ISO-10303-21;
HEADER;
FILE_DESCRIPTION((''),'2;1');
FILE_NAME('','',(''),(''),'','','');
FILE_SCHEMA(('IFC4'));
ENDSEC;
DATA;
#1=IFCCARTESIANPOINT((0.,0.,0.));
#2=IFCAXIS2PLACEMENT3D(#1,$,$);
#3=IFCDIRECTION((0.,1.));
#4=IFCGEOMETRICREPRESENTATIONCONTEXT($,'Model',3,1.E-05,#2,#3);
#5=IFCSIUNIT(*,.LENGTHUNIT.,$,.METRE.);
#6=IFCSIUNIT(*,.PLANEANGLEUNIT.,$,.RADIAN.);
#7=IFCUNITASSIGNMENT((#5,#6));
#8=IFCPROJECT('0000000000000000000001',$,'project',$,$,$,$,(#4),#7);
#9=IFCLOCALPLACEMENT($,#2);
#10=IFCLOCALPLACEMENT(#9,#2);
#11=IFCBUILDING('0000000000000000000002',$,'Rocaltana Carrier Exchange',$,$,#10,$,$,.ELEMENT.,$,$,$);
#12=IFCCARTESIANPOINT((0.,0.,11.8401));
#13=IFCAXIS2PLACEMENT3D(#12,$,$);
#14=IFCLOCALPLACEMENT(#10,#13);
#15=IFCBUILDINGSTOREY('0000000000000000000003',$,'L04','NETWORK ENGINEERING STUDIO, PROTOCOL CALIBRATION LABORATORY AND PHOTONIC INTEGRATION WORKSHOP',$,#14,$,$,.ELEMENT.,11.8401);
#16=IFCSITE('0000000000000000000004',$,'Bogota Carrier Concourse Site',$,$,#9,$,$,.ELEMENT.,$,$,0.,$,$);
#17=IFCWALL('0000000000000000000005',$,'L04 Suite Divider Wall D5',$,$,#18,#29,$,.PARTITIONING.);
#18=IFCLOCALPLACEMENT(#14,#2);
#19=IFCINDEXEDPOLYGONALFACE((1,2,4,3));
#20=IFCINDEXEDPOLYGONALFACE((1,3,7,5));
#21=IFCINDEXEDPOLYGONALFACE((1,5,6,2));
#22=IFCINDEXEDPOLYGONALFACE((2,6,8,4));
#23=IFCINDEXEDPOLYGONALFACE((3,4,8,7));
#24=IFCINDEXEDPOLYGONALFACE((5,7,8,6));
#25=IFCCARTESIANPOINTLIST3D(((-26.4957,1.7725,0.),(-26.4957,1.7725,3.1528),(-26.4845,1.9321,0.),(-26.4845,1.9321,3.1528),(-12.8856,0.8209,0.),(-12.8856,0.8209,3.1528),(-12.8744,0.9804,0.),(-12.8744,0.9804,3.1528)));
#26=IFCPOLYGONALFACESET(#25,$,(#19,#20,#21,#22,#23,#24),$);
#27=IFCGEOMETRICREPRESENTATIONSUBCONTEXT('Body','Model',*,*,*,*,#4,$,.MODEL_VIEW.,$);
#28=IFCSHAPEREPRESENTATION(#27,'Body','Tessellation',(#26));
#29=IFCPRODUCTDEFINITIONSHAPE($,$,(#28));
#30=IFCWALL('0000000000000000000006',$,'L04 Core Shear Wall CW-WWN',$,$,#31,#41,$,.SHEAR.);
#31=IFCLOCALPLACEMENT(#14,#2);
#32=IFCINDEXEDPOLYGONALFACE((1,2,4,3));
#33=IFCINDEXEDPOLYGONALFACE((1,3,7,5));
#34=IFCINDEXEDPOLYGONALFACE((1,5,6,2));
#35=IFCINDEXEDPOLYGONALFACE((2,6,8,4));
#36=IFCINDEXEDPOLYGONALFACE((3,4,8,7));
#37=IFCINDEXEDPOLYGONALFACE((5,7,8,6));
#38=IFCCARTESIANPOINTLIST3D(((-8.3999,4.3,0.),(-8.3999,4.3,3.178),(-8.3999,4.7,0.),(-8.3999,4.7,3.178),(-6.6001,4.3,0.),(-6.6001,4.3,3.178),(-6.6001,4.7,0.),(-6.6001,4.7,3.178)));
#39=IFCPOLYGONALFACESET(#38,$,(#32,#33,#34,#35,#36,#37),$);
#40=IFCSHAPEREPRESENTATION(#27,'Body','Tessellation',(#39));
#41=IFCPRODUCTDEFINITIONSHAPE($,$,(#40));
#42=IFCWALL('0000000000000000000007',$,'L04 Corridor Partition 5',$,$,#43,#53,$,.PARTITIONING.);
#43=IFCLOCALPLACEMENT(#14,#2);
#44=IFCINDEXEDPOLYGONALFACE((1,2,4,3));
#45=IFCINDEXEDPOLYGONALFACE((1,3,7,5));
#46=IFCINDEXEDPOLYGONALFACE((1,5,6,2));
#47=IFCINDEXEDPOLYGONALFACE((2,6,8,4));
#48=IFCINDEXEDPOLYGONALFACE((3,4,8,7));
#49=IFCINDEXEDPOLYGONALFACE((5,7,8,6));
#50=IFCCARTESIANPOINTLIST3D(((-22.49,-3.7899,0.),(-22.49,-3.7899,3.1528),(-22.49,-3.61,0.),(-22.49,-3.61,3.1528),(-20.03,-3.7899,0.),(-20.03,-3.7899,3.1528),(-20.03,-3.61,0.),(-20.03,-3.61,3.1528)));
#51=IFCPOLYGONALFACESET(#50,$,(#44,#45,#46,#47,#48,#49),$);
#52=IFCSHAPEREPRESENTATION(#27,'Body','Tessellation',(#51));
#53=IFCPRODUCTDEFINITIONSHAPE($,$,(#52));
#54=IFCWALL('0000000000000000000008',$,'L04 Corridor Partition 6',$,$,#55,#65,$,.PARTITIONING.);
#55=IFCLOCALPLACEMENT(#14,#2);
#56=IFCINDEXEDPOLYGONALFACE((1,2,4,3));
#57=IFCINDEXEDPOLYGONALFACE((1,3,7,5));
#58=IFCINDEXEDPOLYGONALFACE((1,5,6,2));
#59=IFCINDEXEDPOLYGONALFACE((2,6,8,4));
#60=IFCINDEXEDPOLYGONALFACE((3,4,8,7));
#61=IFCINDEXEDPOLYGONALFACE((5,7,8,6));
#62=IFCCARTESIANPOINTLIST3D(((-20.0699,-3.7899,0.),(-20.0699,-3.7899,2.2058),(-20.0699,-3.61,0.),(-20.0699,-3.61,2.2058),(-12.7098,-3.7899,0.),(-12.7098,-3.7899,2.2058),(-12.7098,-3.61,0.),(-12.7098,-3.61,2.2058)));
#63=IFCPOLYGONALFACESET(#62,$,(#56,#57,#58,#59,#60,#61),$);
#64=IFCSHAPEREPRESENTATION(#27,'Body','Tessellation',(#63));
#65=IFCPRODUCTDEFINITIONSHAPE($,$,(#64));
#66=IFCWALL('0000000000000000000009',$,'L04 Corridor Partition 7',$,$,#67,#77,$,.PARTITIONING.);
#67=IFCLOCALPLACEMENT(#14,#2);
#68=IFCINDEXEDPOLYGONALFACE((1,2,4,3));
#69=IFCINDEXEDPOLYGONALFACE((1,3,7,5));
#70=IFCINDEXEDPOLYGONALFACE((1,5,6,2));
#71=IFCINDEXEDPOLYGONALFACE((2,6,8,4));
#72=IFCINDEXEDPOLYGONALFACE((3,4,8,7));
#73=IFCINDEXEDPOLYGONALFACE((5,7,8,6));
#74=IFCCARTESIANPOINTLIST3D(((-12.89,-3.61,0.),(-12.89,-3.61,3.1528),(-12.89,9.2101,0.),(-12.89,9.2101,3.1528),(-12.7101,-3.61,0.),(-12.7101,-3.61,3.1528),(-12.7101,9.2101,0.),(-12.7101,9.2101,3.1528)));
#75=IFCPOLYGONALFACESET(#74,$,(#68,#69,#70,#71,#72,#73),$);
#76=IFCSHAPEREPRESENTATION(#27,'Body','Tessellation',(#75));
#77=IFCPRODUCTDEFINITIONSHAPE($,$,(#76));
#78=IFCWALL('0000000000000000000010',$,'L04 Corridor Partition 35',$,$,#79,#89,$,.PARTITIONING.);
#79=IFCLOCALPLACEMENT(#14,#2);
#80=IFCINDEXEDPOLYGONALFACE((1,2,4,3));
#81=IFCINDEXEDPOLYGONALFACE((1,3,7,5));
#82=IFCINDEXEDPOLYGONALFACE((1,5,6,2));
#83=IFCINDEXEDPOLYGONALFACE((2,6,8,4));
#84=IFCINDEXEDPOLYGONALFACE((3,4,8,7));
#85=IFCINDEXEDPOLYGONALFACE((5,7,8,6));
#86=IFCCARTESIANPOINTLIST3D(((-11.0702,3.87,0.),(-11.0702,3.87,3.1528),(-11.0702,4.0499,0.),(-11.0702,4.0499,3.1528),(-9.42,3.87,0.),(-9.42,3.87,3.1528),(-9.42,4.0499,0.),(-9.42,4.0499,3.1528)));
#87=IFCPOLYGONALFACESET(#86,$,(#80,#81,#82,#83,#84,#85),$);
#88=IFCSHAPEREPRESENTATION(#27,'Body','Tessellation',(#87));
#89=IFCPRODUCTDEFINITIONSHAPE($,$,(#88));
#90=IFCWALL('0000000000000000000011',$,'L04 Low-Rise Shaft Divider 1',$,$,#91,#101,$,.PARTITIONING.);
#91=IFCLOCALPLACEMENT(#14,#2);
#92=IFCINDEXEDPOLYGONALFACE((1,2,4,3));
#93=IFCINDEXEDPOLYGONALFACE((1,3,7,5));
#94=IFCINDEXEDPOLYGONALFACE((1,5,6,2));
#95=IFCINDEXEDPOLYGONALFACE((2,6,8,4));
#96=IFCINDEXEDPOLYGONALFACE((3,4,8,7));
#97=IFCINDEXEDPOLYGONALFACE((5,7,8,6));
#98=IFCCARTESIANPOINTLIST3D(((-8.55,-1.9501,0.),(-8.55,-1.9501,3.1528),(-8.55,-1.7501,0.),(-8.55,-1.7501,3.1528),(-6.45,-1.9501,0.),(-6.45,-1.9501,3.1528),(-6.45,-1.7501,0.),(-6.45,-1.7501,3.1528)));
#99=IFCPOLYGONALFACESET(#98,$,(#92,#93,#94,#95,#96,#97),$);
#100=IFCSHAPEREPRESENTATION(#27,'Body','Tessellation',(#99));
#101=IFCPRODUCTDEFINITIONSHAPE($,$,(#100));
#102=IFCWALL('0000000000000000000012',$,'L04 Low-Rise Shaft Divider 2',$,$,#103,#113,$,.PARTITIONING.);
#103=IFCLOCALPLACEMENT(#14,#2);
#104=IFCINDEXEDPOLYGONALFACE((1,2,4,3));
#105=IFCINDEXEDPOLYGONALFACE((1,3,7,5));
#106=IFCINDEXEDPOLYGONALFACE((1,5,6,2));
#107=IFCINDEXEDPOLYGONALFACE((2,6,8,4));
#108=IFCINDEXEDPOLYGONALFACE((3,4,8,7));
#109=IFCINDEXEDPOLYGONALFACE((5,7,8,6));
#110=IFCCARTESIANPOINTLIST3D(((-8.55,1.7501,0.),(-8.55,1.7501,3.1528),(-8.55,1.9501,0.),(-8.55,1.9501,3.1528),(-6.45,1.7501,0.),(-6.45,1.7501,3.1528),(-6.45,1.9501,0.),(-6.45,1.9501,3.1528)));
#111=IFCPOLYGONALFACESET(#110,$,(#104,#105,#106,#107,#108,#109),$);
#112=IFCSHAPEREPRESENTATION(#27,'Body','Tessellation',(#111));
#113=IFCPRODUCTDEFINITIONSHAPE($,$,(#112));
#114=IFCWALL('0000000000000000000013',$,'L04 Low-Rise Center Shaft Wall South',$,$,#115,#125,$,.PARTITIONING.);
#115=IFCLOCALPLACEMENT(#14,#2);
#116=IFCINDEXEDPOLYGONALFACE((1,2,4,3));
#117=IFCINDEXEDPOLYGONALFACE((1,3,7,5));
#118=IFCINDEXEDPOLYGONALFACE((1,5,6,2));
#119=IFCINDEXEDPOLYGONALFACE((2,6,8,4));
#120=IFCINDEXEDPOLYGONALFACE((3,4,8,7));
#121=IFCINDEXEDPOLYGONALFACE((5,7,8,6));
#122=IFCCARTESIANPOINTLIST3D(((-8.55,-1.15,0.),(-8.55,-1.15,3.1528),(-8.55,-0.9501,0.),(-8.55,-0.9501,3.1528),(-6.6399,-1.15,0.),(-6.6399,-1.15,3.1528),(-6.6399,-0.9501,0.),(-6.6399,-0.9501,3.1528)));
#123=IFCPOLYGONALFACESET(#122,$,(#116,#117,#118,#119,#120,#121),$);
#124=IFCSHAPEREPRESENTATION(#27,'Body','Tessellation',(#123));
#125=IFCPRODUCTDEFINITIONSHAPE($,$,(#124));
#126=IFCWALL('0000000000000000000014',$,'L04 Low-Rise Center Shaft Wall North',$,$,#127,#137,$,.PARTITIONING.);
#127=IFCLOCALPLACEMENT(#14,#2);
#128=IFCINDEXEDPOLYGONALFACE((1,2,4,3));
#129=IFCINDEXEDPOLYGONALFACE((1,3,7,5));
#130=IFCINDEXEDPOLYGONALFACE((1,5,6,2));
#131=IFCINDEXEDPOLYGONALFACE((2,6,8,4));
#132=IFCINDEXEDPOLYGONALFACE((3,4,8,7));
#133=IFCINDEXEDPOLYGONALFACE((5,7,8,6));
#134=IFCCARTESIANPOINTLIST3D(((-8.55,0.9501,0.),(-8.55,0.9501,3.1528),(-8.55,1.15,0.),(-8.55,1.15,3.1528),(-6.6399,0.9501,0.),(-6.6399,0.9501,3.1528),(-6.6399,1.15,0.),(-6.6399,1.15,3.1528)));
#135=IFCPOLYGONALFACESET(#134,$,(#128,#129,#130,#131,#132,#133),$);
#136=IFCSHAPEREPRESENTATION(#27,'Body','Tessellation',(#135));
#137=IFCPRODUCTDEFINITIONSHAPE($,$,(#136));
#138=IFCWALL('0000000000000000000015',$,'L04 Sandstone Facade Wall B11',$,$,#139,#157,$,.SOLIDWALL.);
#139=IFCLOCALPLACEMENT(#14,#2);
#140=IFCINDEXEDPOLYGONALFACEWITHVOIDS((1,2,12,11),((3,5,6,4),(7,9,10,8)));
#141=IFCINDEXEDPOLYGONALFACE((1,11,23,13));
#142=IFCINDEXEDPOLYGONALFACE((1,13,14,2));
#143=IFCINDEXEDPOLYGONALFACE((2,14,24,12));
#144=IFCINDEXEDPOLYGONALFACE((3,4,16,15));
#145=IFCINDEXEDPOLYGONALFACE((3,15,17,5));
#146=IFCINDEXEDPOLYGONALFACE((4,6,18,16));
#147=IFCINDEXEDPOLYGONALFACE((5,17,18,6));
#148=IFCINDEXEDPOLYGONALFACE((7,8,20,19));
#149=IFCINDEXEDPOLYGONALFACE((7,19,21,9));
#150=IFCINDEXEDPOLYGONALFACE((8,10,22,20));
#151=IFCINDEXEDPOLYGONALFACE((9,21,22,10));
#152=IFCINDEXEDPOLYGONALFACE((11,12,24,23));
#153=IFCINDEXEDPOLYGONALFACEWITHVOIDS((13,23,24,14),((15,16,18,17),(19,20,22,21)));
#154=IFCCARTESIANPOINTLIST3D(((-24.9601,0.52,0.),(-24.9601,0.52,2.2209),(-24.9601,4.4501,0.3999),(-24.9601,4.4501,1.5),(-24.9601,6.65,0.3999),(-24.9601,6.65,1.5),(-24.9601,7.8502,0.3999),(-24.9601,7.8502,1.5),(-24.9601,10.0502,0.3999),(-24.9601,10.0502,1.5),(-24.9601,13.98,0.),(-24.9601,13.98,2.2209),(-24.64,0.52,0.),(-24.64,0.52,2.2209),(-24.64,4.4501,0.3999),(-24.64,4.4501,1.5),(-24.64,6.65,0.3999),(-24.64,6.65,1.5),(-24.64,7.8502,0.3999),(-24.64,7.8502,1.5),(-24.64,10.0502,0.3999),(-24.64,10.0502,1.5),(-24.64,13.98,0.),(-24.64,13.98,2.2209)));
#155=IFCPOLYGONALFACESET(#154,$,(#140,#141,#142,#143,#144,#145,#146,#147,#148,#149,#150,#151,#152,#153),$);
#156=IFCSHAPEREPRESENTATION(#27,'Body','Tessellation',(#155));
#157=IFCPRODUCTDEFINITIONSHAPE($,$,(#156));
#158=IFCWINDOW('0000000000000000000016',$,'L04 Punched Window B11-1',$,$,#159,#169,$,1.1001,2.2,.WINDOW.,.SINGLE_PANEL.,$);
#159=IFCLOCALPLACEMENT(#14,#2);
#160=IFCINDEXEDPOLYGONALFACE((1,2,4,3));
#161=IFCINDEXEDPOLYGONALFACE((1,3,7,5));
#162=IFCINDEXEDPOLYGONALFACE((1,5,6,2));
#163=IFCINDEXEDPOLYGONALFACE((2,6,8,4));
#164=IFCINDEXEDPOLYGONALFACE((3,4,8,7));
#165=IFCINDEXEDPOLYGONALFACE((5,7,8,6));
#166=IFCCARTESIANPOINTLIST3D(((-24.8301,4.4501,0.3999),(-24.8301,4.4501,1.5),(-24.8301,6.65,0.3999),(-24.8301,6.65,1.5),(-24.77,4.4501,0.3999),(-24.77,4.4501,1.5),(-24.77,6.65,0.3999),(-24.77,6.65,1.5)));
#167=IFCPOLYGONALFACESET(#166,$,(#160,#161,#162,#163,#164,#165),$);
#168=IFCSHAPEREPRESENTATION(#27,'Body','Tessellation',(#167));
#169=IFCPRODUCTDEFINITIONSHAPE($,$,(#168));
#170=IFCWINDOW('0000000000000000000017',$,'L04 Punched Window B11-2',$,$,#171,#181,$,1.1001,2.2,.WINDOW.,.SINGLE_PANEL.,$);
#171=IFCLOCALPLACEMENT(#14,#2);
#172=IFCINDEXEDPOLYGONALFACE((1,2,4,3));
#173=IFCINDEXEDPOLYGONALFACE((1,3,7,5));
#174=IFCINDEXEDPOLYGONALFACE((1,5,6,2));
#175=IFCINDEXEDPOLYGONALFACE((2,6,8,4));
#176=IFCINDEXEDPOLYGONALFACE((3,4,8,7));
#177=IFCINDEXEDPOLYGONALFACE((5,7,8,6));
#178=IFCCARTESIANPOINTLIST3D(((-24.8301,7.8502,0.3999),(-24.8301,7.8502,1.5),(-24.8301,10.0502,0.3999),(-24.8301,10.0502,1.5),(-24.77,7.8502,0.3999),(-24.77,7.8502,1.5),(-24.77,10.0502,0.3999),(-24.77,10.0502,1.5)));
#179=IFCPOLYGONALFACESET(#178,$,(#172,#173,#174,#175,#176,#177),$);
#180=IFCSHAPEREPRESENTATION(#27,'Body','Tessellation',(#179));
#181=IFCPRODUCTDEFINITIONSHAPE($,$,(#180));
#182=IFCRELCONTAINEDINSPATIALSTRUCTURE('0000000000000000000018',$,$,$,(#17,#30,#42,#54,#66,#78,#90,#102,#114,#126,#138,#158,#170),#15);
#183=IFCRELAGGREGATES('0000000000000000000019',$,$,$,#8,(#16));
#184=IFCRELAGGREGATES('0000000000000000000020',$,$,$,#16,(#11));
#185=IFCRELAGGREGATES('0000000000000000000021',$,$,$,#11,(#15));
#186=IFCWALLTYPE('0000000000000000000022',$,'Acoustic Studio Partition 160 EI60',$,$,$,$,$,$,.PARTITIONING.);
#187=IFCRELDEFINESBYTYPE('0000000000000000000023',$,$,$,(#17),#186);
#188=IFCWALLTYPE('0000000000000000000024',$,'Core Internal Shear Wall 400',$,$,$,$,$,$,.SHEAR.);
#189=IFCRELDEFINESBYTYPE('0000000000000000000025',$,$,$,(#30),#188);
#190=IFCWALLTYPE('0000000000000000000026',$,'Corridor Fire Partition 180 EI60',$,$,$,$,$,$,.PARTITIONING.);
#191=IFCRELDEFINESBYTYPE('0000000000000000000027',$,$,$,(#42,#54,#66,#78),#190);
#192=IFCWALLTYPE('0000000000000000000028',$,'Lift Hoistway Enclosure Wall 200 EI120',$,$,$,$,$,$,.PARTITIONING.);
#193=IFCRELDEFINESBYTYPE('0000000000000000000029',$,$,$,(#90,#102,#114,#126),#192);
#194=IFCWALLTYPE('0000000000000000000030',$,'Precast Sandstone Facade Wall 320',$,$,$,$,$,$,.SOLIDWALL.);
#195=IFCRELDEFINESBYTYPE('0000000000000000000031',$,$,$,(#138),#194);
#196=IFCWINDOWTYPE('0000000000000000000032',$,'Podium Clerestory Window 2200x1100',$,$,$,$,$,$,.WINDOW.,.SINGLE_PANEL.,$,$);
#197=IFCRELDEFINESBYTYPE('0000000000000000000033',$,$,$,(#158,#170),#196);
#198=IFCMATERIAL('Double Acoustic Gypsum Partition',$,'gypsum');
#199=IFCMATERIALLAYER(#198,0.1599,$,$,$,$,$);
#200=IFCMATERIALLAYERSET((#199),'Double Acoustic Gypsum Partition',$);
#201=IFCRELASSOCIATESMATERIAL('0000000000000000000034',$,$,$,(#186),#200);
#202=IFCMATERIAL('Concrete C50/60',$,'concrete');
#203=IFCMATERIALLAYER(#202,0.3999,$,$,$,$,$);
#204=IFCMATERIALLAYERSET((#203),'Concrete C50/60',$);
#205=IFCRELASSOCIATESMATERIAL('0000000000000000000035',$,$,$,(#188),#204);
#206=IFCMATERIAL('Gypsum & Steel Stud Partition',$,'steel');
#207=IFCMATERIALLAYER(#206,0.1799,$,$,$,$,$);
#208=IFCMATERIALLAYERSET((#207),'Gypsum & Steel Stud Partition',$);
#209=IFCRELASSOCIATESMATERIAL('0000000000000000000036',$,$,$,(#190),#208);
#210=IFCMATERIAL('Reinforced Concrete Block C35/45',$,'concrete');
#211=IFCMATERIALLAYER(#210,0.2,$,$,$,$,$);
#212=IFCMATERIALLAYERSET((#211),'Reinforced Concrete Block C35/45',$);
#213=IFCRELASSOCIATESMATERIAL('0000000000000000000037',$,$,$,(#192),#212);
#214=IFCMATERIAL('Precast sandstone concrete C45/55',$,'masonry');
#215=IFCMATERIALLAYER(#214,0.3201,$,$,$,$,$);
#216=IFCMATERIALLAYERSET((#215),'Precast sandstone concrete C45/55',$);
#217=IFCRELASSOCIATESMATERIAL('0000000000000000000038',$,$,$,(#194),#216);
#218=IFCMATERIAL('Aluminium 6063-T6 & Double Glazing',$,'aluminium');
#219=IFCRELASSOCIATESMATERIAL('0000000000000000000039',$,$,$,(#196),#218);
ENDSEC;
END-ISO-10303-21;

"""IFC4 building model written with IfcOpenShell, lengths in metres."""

from ifc_helpers import new_model, si_unit, direction, frame, frame_2d, origin, place, context, subcontext, project, spatial, rectangle, extrude, material, layer, layer_set, type_object, element, fill, save


model = new_model("IFC4")

# Units and contexts
model_context = context("Model", 3, precision=1e-05, world=origin(), true_north=direction((0.0, 1.0)))
body_context = subcontext(model_context, "Body", "Model", "MODEL_VIEW")
ifc_project = project(units=[si_unit("LENGTHUNIT", "METRE"), si_unit("PLANEANGLEUNIT", "RADIAN")], contexts=[model_context])

# Site, building, storey
site_placement = place(None, origin())
site = spatial("IfcSite", under=ifc_project, at=site_placement, Name="Bogota Carrier Concourse Site", CompositionType="ELEMENT", RefElevation=0.0)
building_placement = place(site_placement, origin())
building = spatial("IfcBuilding", under=site, at=building_placement, Name="Rocaltana Carrier Exchange", CompositionType="ELEMENT")
storey_placement = place(building_placement, frame((0.0, 0.0, 11.8401)))
storey = spatial("IfcBuildingStorey", under=building, at=storey_placement, Name="L04", Description="NETWORK ENGINEERING STUDIO, PROTOCOL CALIBRATION LABORATORY AND PHOTONIC INTEGRATION WORKSHOP", CompositionType="ELEMENT", Elevation=11.8401)

# Walls
ifc_material_1 = material(Name="Double Acoustic Gypsum Partition", Category="gypsum")
ifc_layer_1 = layer(ifc_material_1, 0.1599)
ifc_layer_set_1 = layer_set([ifc_layer_1], Name="Double Acoustic Gypsum Partition")
wall_type_1 = type_object("IfcWallType", Name="Acoustic Studio Partition 160 EI60", PredefinedType="PARTITIONING", material=ifc_layer_set_1)
wall_1_placement = place(storey_placement, frame((-12.8799, 0.9006, 0.0), z_axis=(0.0, 0.0, 1.0), x_axis=(-0.997564, 0.069753, 0.0)))
element("IfcWall", 1, at=wall_1_placement, inside=storey, type_object=wall_type_1, Name="L04 Suite Divider Wall D5", PredefinedType="PARTITIONING", context=body_context, shape_type="SweptSolid", body=[
    extrude(rectangle(XDim=13.6433, YDim=0.1599, at=frame_2d((6.8218, 0.0))), origin(), (0.0, 0.0, 1.0), 3.1528),
])
ifc_material_2 = material(Name="Concrete C50/60", Category="concrete")
ifc_layer_2 = layer(ifc_material_2, 0.3999)
ifc_layer_set_2 = layer_set([ifc_layer_2], Name="Concrete C50/60")
wall_type_2 = type_object("IfcWallType", Name="Core Internal Shear Wall 400", PredefinedType="SHEAR", material=ifc_layer_set_2)
wall_2_placement = place(storey_placement, frame((-8.3999, 4.5, 0.0), z_axis=(0.0, 0.0, 1.0), x_axis=(1.0, 0.0, 0.0)))
element("IfcWall", 2, at=wall_2_placement, inside=storey, type_object=wall_type_2, Name="L04 Core Shear Wall CW-WWN", PredefinedType="SHEAR", context=body_context, shape_type="SweptSolid", body=[
    extrude(rectangle(XDim=1.7998, YDim=0.3999, at=frame_2d((0.8999, 0.0))), origin(), (0.0, 0.0, 1.0), 3.178),
])
ifc_material_3 = material(Name="Gypsum & Steel Stud Partition", Category="steel")
ifc_layer_3 = layer(ifc_material_3, 0.1799)
ifc_layer_set_3 = layer_set([ifc_layer_3], Name="Gypsum & Steel Stud Partition")
wall_type_3 = type_object("IfcWallType", Name="Corridor Fire Partition 180 EI60", PredefinedType="PARTITIONING", material=ifc_layer_set_3)
wall_3_placement = place(storey_placement, frame((-22.49, -3.7, 0.0), z_axis=(0.0, 0.0, 1.0), x_axis=(1.0, 0.0, 0.0)))
element("IfcWall", 3, at=wall_3_placement, inside=storey, type_object=wall_type_3, Name="L04 Corridor Partition 5", PredefinedType="PARTITIONING", context=body_context, shape_type="SweptSolid", body=[
    extrude(rectangle(XDim=2.46, YDim=0.1799, at=frame_2d((1.23, 0.0))), origin(), (0.0, 0.0, 1.0), 3.1528),
])
wall_4_placement = place(storey_placement, frame((-20.0701, -3.7, 0.0), z_axis=(0.0, 0.0, 1.0), x_axis=(1.0, 0.0, 0.0)))
element("IfcWall", 4, at=wall_4_placement, inside=storey, type_object=wall_type_3, Name="L04 Corridor Partition 6", PredefinedType="PARTITIONING", context=body_context, shape_type="SweptSolid", body=[
    extrude(rectangle(XDim=7.3601, YDim=0.1799, at=frame_2d((3.6802, 0.0))), origin(), (0.0, 0.0, 1.0), 2.2058),
])
wall_5_placement = place(storey_placement, frame((-12.8, -3.6101, 0.0), z_axis=(0.0, 0.0, 1.0), x_axis=(0.0, 1.0, 0.0)))
element("IfcWall", 5, at=wall_5_placement, inside=storey, type_object=wall_type_3, Name="L04 Corridor Partition 7", PredefinedType="PARTITIONING", context=body_context, shape_type="SweptSolid", body=[
    extrude(rectangle(XDim=12.8201, YDim=0.1799, at=frame_2d((6.4102, 0.0))), origin(), (0.0, 0.0, 1.0), 3.1528),
])
wall_6_placement = place(storey_placement, frame((-9.4199, 3.96, 0.0), z_axis=(0.0, 0.0, 1.0), x_axis=(-1.0, 0.0, 0.0)))
element("IfcWall", 6, at=wall_6_placement, inside=storey, type_object=wall_type_3, Name="L04 Corridor Partition 35", PredefinedType="PARTITIONING", context=body_context, shape_type="SweptSolid", body=[
    extrude(rectangle(XDim=1.6501, YDim=0.1799, at=frame_2d((0.8252, 0.0))), origin(), (0.0, 0.0, 1.0), 3.1528),
])
ifc_material_4 = material(Name="Reinforced Concrete Block C35/45", Category="concrete")
ifc_layer_4 = layer(ifc_material_4, 0.2)
ifc_layer_set_4 = layer_set([ifc_layer_4], Name="Reinforced Concrete Block C35/45")
wall_type_4 = type_object("IfcWallType", Name="Lift Hoistway Enclosure Wall 200 EI120", PredefinedType="PARTITIONING", material=ifc_layer_set_4)
for number, where, z_axis, x_axis, name in (
    (7, (-8.55, -1.8501, 0.0), (0.0, 0.0, 1.0), (1.0, 0.0, 0.0), "L04 Low-Rise Shaft Divider 1"),
    (8, (-8.55, 1.8501, 0.0), (0.0, 0.0, 1.0), (1.0, 0.0, 0.0), "L04 Low-Rise Shaft Divider 2"),
):
    element("IfcWall", number, at=place(storey_placement, frame(where, z_axis=z_axis, x_axis=x_axis)), inside=storey, type_object=wall_type_4, Name=name, PredefinedType="PARTITIONING", context=body_context, shape_type="SweptSolid", body=[
        extrude(rectangle(XDim=2.1001, YDim=0.2, at=frame_2d((1.05, 0.0))), origin(), (0.0, 0.0, 1.0), 3.1528),
    ])
for number, where, z_axis, x_axis, name in (
    (9, (-8.55, -1.05, 0.0), (0.0, 0.0, 1.0), (1.0, 0.0, 0.0), "L04 Low-Rise Center Shaft Wall South"),
    (10, (-8.55, 1.05, 0.0), (0.0, 0.0, 1.0), (1.0, 0.0, 0.0), "L04 Low-Rise Center Shaft Wall North"),
):
    element("IfcWall", number, at=place(storey_placement, frame(where, z_axis=z_axis, x_axis=x_axis)), inside=storey, type_object=wall_type_4, Name=name, PredefinedType="PARTITIONING", context=body_context, shape_type="SweptSolid", body=[
        extrude(rectangle(XDim=1.9102, YDim=0.2, at=frame_2d((0.9551, 0.0))), origin(), (0.0, 0.0, 1.0), 3.1528),
    ])

# Wall, openings, windows
ifc_material_5 = material(Name="Precast sandstone concrete C45/55", Category="masonry")
ifc_layer_5 = layer(ifc_material_5, 0.3201)
ifc_layer_set_5 = layer_set([ifc_layer_5], Name="Precast sandstone concrete C45/55")
wall_type_5 = type_object("IfcWallType", Name="Precast Sandstone Facade Wall 320", PredefinedType="SOLIDWALL", material=ifc_layer_set_5)
wall_7_placement = place(storey_placement, frame((-24.8, 0.52, 0.0), z_axis=(0.0, 0.0, 1.0), x_axis=(0.0, 1.0, 0.0)))
wall_7 = element("IfcWall", 11, at=wall_7_placement, inside=storey, type_object=wall_type_5, Name="L04 Sandstone Facade Wall B11", PredefinedType="SOLIDWALL", context=body_context, shape_type="SweptSolid", body=[
    extrude(rectangle(XDim=13.46, YDim=0.3201, at=frame_2d((6.73, 0.0))), origin(), (0.0, 0.0, 1.0), 2.2209),
])
opening_1_placement = place(wall_7_placement, frame((3.9299, 0.0, 0.3999)))
opening_1 = element("IfcOpeningElement", 12, at=opening_1_placement, cuts=wall_7, PredefinedType="OPENING", context=body_context, shape_type="SweptSolid", body=[
    extrude(rectangle(XDim=2.2, YDim=1.1001, at=frame_2d((1.1001, 0.55))), frame((0.0, 0.1699, 0.0), z_axis=(0.0, -1.0, 0.0), x_axis=(1.0, 0.0, 0.0)), (0.0, 0.0, 1.0), 0.3401),
])
opening_2_placement = place(wall_7_placement, frame((7.3301, 0.0, 0.3999)))
opening_2 = element("IfcOpeningElement", 13, at=opening_2_placement, cuts=wall_7, PredefinedType="OPENING", context=body_context, shape_type="SweptSolid", body=[
    extrude(rectangle(XDim=2.2, YDim=1.1001, at=frame_2d((1.1001, 0.55))), frame((0.0, 0.1699, 0.0), z_axis=(0.0, -1.0, 0.0), x_axis=(1.0, 0.0, 0.0)), (0.0, 0.0, 1.0), 0.3401),
])
ifc_material_6 = material(Name="Aluminium 6063-T6 & Double Glazing", Category="aluminium")
window_type = type_object("IfcWindowType", Name="Podium Clerestory Window 2200x1100", PartitioningType="SINGLE_PANEL", PredefinedType="WINDOW", material=ifc_material_6)
window_1_placement = place(opening_1_placement, origin())
window_1 = element("IfcWindow", 14, at=window_1_placement, inside=storey, type_object=window_type, Name="L04 Punched Window B11-1", OverallHeight=1.1001, OverallWidth=2.2, PartitioningType="SINGLE_PANEL", PredefinedType="WINDOW", context=body_context, shape_type="SweptSolid", body=[
    extrude(rectangle(XDim=2.2, YDim=1.1001, at=frame_2d((1.1001, 0.55))), frame((0.0, 0.03, 0.0), z_axis=(0.0, -1.0, 0.0), x_axis=(1.0, 0.0, 0.0)), (0.0, 0.0, 1.0), 0.0601),
])
fill(opening_1, window_1)
window_2_placement = place(opening_2_placement, origin())
window_2 = element("IfcWindow", 15, at=window_2_placement, inside=storey, type_object=window_type, Name="L04 Punched Window B11-2", OverallHeight=1.1001, OverallWidth=2.2, PartitioningType="SINGLE_PANEL", PredefinedType="WINDOW", context=body_context, shape_type="SweptSolid", body=[
    extrude(rectangle(XDim=2.2, YDim=1.1001, at=frame_2d((1.1001, 0.55))), frame((0.0, 0.03, 0.0), z_axis=(0.0, -1.0, 0.0), x_axis=(1.0, 0.0, 0.0)), (0.0, 0.0, 1.0), 0.0601),
])
fill(opening_2, window_2)

save(model, "model.ifc")
